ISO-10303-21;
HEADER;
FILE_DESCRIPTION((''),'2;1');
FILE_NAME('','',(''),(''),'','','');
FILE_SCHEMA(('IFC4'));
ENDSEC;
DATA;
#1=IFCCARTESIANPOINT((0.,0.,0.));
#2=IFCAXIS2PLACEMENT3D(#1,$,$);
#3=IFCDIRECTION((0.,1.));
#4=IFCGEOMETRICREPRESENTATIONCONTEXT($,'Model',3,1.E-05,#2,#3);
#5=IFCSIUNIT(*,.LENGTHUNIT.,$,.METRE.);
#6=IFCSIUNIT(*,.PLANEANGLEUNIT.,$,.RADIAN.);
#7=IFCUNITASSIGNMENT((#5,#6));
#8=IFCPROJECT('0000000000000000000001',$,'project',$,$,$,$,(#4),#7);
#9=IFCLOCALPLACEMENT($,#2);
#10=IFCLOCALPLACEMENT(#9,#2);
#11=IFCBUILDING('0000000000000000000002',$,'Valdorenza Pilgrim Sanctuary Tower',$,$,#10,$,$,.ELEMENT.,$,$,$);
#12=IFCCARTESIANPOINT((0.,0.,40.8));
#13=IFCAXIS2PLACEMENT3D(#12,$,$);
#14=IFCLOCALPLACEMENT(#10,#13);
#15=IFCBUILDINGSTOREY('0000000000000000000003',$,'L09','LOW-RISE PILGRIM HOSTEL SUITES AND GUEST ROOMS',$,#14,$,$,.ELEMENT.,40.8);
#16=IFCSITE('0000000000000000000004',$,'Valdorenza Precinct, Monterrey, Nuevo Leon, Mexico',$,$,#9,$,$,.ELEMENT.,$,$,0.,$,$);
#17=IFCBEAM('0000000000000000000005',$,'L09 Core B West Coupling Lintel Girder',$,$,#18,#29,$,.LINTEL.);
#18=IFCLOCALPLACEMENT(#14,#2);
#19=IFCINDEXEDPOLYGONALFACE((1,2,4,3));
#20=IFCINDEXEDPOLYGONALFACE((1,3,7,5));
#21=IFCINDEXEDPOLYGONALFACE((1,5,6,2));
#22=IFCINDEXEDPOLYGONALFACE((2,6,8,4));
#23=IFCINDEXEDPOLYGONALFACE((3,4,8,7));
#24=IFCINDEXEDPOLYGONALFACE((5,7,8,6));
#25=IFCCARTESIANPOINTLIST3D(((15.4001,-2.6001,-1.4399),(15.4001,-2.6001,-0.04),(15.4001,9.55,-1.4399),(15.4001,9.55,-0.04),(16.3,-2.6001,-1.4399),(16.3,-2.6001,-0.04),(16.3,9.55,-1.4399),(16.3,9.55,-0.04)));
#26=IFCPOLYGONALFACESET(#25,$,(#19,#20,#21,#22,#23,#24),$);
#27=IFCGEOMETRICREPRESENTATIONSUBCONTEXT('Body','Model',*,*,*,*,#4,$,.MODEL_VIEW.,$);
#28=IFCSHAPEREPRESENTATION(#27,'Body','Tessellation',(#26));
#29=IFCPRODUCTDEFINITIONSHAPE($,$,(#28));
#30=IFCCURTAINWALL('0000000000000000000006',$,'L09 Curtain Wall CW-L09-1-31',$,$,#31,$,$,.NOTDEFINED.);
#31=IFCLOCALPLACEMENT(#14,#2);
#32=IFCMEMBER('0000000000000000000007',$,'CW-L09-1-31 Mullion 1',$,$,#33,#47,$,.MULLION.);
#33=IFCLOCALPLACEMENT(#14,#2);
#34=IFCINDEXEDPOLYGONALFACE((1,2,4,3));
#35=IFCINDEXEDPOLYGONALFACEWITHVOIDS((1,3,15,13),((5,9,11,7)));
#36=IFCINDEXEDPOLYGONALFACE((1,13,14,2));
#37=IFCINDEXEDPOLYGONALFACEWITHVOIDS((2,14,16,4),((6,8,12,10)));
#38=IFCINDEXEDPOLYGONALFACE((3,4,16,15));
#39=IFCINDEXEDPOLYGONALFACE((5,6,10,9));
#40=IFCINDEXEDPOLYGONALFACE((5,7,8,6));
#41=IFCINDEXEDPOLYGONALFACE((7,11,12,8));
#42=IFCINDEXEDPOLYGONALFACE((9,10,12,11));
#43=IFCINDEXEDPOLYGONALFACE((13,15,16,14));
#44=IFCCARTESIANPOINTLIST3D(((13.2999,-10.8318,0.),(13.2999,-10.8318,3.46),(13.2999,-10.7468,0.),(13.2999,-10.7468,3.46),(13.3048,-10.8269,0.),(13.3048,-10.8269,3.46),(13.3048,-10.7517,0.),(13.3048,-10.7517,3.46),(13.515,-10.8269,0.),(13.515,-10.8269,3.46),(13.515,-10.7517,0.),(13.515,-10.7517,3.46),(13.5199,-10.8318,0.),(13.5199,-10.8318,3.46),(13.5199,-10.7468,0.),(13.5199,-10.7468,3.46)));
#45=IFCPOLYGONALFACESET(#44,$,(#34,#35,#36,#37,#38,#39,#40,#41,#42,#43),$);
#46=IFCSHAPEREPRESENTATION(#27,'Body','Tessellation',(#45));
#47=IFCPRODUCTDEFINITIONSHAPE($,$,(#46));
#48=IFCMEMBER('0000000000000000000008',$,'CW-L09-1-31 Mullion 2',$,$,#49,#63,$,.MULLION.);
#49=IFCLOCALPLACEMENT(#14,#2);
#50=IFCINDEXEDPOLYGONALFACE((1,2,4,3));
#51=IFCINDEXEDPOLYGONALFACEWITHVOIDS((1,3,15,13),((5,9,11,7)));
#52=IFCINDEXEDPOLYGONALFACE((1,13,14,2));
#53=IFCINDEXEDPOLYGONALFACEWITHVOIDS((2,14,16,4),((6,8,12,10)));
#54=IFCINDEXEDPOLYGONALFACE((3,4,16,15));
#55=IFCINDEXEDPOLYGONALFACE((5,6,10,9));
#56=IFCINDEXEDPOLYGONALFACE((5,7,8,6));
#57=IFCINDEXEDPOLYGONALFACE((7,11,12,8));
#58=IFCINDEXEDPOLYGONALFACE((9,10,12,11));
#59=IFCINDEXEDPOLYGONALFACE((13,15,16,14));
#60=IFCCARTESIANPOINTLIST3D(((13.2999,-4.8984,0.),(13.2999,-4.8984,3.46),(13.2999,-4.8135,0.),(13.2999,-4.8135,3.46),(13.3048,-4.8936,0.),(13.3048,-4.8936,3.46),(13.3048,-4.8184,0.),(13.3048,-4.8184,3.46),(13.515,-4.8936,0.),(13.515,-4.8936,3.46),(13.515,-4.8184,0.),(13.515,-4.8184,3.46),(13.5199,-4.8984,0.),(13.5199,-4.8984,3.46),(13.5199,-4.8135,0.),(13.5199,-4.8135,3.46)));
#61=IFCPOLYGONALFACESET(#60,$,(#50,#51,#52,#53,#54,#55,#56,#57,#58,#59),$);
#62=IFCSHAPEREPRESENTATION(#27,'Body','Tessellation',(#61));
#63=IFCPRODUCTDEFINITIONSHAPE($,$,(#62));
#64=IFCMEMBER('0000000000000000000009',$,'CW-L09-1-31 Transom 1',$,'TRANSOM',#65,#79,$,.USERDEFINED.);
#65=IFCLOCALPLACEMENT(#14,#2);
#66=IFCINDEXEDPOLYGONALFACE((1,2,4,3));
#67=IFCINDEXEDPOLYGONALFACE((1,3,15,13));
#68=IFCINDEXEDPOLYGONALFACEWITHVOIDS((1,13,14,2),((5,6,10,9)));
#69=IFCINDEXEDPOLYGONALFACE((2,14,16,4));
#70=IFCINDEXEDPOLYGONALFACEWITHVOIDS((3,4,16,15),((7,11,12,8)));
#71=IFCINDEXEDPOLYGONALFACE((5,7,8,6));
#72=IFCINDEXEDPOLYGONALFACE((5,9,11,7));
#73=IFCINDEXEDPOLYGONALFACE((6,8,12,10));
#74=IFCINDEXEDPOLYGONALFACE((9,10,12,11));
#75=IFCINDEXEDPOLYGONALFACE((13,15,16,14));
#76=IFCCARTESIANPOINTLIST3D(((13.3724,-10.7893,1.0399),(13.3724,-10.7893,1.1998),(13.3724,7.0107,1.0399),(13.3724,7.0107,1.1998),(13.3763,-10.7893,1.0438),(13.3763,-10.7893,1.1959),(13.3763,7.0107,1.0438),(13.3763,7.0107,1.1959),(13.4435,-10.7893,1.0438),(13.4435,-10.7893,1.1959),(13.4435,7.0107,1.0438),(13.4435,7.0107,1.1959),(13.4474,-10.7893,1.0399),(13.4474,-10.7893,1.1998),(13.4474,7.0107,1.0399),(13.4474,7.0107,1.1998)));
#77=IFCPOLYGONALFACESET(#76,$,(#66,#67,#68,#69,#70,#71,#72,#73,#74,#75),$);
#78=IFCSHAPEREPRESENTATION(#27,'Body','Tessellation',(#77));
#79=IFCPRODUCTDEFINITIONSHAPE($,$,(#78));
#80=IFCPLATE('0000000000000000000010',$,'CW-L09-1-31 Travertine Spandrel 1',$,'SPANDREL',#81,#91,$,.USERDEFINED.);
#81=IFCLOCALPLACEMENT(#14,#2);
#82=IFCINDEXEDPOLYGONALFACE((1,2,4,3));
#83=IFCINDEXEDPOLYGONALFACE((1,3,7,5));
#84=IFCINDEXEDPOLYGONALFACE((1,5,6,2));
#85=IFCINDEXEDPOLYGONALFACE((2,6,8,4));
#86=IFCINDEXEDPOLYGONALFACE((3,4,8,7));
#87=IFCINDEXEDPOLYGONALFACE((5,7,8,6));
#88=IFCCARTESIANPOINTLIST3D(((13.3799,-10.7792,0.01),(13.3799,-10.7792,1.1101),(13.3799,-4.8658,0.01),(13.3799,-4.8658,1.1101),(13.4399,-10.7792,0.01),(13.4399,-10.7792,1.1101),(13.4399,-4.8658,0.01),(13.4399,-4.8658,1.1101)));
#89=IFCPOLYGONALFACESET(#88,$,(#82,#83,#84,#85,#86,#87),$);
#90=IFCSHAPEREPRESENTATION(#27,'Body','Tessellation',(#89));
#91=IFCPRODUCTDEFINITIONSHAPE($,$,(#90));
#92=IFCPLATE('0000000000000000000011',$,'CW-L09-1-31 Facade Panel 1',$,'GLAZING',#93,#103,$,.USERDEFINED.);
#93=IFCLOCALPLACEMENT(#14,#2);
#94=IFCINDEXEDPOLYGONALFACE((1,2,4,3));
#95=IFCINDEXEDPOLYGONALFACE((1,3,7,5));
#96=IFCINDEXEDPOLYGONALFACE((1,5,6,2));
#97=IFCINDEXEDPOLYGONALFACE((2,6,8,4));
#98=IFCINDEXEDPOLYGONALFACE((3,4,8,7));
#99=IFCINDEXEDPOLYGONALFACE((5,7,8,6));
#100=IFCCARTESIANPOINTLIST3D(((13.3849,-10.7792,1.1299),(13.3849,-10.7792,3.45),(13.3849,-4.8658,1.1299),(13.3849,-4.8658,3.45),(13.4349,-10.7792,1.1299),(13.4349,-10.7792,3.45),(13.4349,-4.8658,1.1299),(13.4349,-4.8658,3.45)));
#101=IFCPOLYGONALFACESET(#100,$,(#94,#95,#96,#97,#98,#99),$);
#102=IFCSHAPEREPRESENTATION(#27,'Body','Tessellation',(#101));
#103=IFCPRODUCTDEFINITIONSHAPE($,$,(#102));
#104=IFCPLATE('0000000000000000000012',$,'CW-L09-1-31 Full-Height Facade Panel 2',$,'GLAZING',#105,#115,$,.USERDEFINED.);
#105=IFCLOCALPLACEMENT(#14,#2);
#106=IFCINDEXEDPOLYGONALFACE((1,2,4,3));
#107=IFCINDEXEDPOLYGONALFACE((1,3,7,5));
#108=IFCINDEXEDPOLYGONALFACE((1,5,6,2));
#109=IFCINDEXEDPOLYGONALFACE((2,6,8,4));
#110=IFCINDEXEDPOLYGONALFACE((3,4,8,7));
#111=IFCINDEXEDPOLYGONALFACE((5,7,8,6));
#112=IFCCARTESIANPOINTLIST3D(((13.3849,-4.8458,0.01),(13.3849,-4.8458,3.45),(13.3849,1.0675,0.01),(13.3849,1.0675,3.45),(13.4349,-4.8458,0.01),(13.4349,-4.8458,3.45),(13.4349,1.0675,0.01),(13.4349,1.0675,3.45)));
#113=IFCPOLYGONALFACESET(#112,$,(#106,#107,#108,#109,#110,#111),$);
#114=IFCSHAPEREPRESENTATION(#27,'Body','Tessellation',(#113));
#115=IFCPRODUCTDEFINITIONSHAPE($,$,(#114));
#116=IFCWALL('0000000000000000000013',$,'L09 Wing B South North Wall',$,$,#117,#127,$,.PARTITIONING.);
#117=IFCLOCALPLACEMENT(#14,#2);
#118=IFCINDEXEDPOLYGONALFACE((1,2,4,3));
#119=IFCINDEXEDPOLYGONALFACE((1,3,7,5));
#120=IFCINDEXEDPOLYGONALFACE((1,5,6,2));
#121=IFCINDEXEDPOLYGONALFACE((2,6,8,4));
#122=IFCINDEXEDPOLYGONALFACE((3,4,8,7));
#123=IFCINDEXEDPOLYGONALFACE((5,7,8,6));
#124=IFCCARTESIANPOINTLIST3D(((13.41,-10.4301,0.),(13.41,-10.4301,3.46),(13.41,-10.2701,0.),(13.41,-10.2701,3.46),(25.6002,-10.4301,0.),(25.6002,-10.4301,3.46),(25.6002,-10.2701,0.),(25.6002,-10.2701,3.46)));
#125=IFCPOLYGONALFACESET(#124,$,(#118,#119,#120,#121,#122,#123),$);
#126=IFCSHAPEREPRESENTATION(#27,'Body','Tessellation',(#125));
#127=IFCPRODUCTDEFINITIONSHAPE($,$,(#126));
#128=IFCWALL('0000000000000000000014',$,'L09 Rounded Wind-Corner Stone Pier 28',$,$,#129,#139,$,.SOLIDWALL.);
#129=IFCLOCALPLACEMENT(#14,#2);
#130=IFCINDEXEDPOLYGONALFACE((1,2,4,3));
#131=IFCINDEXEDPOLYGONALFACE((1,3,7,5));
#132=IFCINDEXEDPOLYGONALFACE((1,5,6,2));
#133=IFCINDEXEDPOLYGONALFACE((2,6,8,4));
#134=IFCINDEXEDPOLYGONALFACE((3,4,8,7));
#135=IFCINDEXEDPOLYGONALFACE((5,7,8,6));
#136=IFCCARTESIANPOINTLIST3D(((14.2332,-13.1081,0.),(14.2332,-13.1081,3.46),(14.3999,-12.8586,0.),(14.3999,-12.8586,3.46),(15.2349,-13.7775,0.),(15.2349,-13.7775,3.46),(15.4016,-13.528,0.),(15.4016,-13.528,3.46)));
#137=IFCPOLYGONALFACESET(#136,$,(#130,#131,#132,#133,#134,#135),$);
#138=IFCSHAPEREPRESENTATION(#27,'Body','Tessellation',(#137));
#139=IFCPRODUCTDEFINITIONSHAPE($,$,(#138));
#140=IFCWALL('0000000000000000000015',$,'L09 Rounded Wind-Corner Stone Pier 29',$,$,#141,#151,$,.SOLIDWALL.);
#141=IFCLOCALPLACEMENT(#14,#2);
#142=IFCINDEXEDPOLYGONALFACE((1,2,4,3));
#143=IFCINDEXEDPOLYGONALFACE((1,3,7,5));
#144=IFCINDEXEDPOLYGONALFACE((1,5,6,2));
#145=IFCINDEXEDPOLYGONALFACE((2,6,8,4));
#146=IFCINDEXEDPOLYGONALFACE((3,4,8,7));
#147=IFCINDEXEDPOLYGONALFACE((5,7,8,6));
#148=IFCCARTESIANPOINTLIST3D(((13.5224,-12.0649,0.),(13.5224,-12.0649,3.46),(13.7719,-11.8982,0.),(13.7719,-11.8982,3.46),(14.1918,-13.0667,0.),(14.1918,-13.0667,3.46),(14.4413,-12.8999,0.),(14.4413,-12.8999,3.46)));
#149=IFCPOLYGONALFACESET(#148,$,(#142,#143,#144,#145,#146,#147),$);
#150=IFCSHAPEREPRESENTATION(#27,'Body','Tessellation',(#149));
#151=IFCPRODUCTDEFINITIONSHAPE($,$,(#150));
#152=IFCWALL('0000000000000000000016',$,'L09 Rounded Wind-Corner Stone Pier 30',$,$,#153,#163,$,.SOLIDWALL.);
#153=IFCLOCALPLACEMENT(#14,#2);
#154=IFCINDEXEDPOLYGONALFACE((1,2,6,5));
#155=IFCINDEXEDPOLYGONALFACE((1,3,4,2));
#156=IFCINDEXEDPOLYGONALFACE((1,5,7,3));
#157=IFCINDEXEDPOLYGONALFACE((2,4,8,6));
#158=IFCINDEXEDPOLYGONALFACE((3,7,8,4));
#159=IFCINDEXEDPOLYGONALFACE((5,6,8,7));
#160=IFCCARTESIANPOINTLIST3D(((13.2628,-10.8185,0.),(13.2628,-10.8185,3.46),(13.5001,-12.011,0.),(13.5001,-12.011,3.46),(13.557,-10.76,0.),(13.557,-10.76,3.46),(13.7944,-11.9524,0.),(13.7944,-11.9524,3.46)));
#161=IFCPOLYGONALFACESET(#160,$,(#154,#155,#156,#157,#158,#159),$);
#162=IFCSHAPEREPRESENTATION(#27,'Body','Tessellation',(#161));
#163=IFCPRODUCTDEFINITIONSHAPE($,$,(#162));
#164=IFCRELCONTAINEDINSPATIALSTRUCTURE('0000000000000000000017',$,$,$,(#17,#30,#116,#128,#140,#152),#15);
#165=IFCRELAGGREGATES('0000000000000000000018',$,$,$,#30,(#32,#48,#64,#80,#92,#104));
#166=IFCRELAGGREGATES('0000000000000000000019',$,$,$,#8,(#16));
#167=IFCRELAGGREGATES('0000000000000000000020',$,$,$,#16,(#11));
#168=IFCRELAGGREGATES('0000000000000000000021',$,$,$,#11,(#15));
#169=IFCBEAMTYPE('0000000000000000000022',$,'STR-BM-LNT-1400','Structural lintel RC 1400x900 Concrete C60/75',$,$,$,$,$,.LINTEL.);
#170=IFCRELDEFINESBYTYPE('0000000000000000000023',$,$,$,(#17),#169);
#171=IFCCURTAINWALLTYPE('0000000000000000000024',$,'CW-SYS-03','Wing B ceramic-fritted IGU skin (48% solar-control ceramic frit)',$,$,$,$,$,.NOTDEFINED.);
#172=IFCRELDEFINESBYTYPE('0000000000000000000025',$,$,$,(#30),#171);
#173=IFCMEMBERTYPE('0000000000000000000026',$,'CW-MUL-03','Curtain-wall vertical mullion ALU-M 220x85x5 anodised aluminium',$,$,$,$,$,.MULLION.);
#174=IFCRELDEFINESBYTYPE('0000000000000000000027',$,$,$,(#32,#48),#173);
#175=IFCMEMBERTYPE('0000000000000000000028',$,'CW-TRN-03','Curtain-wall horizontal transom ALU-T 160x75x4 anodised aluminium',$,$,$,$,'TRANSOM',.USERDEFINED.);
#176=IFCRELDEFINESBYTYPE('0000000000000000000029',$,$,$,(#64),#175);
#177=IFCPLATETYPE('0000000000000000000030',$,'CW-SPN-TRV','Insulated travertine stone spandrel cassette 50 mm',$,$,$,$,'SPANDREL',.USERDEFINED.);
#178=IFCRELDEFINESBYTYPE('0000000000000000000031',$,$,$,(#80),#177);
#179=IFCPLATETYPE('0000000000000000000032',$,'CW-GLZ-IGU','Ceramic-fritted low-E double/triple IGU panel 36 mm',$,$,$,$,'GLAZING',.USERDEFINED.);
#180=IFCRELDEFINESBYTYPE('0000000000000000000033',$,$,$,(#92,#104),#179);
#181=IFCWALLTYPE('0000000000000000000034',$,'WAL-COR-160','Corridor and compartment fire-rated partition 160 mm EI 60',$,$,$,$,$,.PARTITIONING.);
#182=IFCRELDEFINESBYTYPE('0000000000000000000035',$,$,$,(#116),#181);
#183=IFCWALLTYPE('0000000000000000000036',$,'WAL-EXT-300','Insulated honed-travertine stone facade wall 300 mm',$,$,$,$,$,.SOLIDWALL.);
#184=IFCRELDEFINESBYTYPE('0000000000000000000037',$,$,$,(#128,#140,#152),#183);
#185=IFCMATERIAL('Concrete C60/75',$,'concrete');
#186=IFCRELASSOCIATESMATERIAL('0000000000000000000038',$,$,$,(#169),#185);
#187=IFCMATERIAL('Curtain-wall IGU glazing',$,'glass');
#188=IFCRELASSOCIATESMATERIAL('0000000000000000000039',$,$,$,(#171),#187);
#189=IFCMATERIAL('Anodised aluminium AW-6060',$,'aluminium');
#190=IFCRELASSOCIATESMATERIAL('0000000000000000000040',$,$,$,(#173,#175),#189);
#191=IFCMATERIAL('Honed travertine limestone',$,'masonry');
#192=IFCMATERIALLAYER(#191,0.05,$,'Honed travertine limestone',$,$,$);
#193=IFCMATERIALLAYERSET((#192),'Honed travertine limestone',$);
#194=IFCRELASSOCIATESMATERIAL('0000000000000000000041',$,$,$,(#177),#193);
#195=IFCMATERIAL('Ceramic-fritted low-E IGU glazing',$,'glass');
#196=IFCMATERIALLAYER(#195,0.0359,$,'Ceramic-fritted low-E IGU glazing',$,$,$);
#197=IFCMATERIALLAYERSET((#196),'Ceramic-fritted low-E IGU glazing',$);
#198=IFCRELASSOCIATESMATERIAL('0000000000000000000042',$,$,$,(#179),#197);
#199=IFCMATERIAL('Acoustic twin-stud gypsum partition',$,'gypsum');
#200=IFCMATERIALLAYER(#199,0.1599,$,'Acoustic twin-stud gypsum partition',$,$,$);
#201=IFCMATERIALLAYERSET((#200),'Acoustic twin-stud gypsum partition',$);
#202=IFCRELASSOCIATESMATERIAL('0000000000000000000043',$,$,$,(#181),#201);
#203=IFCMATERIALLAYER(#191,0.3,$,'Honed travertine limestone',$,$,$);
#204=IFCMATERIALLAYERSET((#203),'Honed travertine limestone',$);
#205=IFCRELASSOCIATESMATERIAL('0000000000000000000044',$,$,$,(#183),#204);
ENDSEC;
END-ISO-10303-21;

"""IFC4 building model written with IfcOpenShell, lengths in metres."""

from ifc_helpers import new_model, si_unit, direction, frame, frame_2d, origin, origin_2d, place, context, subcontext, project, spatial, rectangle, hollow_rectangle, extrude, source, transform, mapped, material, layer, layer_set, material_profile, profile_set, type_object, element, aggregate, save


model = new_model("IFC4")

# Units and contexts
model_context = context("Model", 3, precision=1e-05, world=origin(), true_north=direction((0.0, 1.0)))
body_context = subcontext(model_context, "Body", "Model", "MODEL_VIEW")
ifc_project = project(units=[si_unit("LENGTHUNIT", "METRE"), si_unit("PLANEANGLEUNIT", "RADIAN")], contexts=[model_context])

# Site, building, storey
site_placement = place(None, origin())
site = spatial("IfcSite", under=ifc_project, at=site_placement, Name="Valdorenza Precinct, Monterrey, Nuevo Leon, Mexico", CompositionType="ELEMENT", RefElevation=0.0)
building_placement = place(site_placement, origin())
building = spatial("IfcBuilding", under=site, at=building_placement, Name="Valdorenza Pilgrim Sanctuary Tower", CompositionType="ELEMENT")
storey_placement = place(building_placement, frame((0.0, 0.0, 40.8)))
storey = spatial("IfcBuildingStorey", under=building, at=storey_placement, Name="L09", Description="LOW-RISE PILGRIM HOSTEL SUITES AND GUEST ROOMS", CompositionType="ELEMENT", Elevation=40.8)

# Beam
ifc_material_1 = material(Name="Concrete C60/75", Category="concrete")
ifc_material_profile_1 = material_profile(ifc_material_1, rectangle(XDim=0.8999, YDim=1.3999, at=origin_2d()), Name="RC 1400x900")
ifc_profile_set_1 = profile_set([ifc_material_profile_1], Name="Concrete C60/75")
beam_type = type_object("IfcBeamType", Name="STR-BM-LNT-1400", Description="Structural lintel RC 1400x900 Concrete C60/75", PredefinedType="LINTEL", material=ifc_profile_set_1)
shared_shape_1 = source(origin(), body_context, "Body", "SweptSolid", [
    extrude(rectangle(XDim=0.8999, YDim=1.3999, at=origin_2d()), origin(), (0.0, 0.0, 1.0), 12.1501),
])
beam_placement = place(storey_placement, frame((15.8501, -2.6001, -0.74), z_axis=(0.0, 1.0, 0.0), x_axis=(-1.0, 0.0, 0.0)))
element("IfcBeam", 1, at=beam_placement, inside=storey, type_object=beam_type, Name="L09 Core B West Coupling Lintel Girder", PredefinedType="LINTEL", context=body_context, shape_type="MappedRepresentation", body=[
    mapped(shared_shape_1, transform((0.0, 0.0, 0.0), x_axis=(1.0, 0.0, 0.0), y_axis=(0.0, 1.0, 0.0), z_axis=(0.0, 0.0, 1.0), scale=1.0)),
])

# Curtain wall, members, plates
ifc_material_2 = material(Name="Curtain-wall IGU glazing", Category="glass")
curtain_wall_type = type_object("IfcCurtainWallType", Name="CW-SYS-03", Description="Wing B ceramic-fritted IGU skin (48% solar-control ceramic frit)", PredefinedType="NOTDEFINED", material=ifc_material_2)
curtain_wall_placement = place(storey_placement, origin())
curtain_wall = element("IfcCurtainWall", 2, at=curtain_wall_placement, inside=storey, type_object=curtain_wall_type, Name="L09 Curtain Wall CW-L09-1-31", PredefinedType="NOTDEFINED")
ifc_material_3 = material(Name="Anodised aluminium AW-6060", Category="aluminium")
ifc_material_profile_2 = material_profile(ifc_material_3, hollow_rectangle(XDim=0.085, YDim=0.22, WallThickness=0.0049, at=origin_2d()), Name="ALU-M 220x85x5")
ifc_profile_set_2 = profile_set([ifc_material_profile_2], Name="Anodised aluminium AW-6060")
member_type_1 = type_object("IfcMemberType", Name="CW-MUL-03", Description="Curtain-wall vertical mullion ALU-M 220x85x5 anodised aluminium", PredefinedType="MULLION", material=ifc_profile_set_2)
shared_shape_2 = source(origin(), body_context, "Body", "SweptSolid", [
    extrude(hollow_rectangle(XDim=0.085, YDim=0.22, WallThickness=0.0049, at=origin_2d()), origin(), (0.0, 0.0, 1.0), 3.46),
])
member_1_placement = place(storey_placement, frame((13.4099, -10.7893, 0.0), z_axis=(0.0, 0.0, 1.0), x_axis=(0.0, 1.0, 0.0)))
member_1 = element("IfcMember", 3, at=member_1_placement, type_object=member_type_1, Name="CW-L09-1-31 Mullion 1", PredefinedType="MULLION", context=body_context, shape_type="MappedRepresentation", body=[
    mapped(shared_shape_2, transform((0.0, 0.0, 0.0), x_axis=(1.0, 0.0, 0.0), y_axis=(0.0, 1.0, 0.0), z_axis=(0.0, 0.0, 1.0), scale=1.0)),
])
member_2_placement = place(storey_placement, frame((13.4099, -4.856, 0.0), z_axis=(0.0, 0.0, 1.0), x_axis=(0.0, 1.0, 0.0)))
member_2 = element("IfcMember", 4, at=member_2_placement, type_object=member_type_1, Name="CW-L09-1-31 Mullion 2", PredefinedType="MULLION", context=body_context, shape_type="MappedRepresentation", body=[
    mapped(shared_shape_2, transform((0.0, 0.0, 0.0), x_axis=(1.0, 0.0, 0.0), y_axis=(0.0, 1.0, 0.0), z_axis=(0.0, 0.0, 1.0), scale=1.0)),
])
ifc_material_profile_3 = material_profile(ifc_material_3, hollow_rectangle(XDim=0.075, YDim=0.1599, WallThickness=0.0039, at=origin_2d()), Name="ALU-T 160x75x4")
ifc_profile_set_3 = profile_set([ifc_material_profile_3], Name="Anodised aluminium AW-6060")
member_type_2 = type_object("IfcMemberType", Name="CW-TRN-03", Description="Curtain-wall horizontal transom ALU-T 160x75x4 anodised aluminium", ElementType="TRANSOM", PredefinedType="USERDEFINED", material=ifc_profile_set_3)
shared_shape_3 = source(origin(), body_context, "Body", "SweptSolid", [
    extrude(hollow_rectangle(XDim=0.075, YDim=0.1599, WallThickness=0.0039, at=origin_2d()), origin(), (0.0, 0.0, 1.0), 17.8),
])
member_3_placement = place(storey_placement, frame((13.4099, -10.7893, 1.1199), z_axis=(0.0, 1.0, 0.0), x_axis=(-1.0, 0.0, 0.0)))
member_3 = element("IfcMember", 5, at=member_3_placement, type_object=member_type_2, Name="CW-L09-1-31 Transom 1", ObjectType="TRANSOM", PredefinedType="USERDEFINED", context=body_context, shape_type="MappedRepresentation", body=[
    mapped(shared_shape_3, transform((0.0, 0.0, 0.0), x_axis=(1.0, 0.0, 0.0), y_axis=(0.0, 1.0, 0.0), z_axis=(0.0, 0.0, 1.0), scale=1.0)),
])
ifc_material_4 = material(Name="Honed travertine limestone", Category="masonry")
ifc_layer_1 = layer(ifc_material_4, 0.05, Name="Honed travertine limestone")
ifc_layer_set_1 = layer_set([ifc_layer_1], Name="Honed travertine limestone")
plate_type_1 = type_object("IfcPlateType", Name="CW-SPN-TRV", Description="Insulated travertine stone spandrel cassette 50 mm", ElementType="SPANDREL", PredefinedType="USERDEFINED", material=ifc_layer_set_1)
shared_shape_4 = source(origin(), body_context, "Body", "SweptSolid", [
    extrude(rectangle(XDim=5.9133, YDim=0.0601, at=origin_2d()), origin(), (0.0, 0.0, 1.0), 1.1001),
])
plate_1_placement = place(storey_placement, frame((13.4099, -7.8225, 0.01), z_axis=(0.0, 0.0, 1.0), x_axis=(0.0, 1.0, 0.0)))
plate_1 = element("IfcPlate", 6, at=plate_1_placement, type_object=plate_type_1, Name="CW-L09-1-31 Travertine Spandrel 1", ObjectType="SPANDREL", PredefinedType="USERDEFINED", context=body_context, shape_type="MappedRepresentation", body=[
    mapped(shared_shape_4, transform((0.0, 0.0, 0.0), x_axis=(1.0, 0.0, 0.0), y_axis=(0.0, 1.0, 0.0), z_axis=(0.0, 0.0, 1.0), scale=1.0)),
])
ifc_material_5 = material(Name="Ceramic-fritted low-E IGU glazing", Category="glass")
ifc_layer_2 = layer(ifc_material_5, 0.0359, Name="Ceramic-fritted low-E IGU glazing")
ifc_layer_set_2 = layer_set([ifc_layer_2], Name="Ceramic-fritted low-E IGU glazing")
plate_type_2 = type_object("IfcPlateType", Name="CW-GLZ-IGU", Description="Ceramic-fritted low-E double/triple IGU panel 36 mm", ElementType="GLAZING", PredefinedType="USERDEFINED", material=ifc_layer_set_2)
shared_shape_5 = source(origin(), body_context, "Body", "SweptSolid", [
    extrude(rectangle(XDim=5.9133, YDim=0.05, at=origin_2d()), origin(), (0.0, 0.0, 1.0), 2.3201),
])
plate_2_placement = place(storey_placement, frame((13.4099, -7.8225, 1.1299), z_axis=(0.0, 0.0, 1.0), x_axis=(0.0, 1.0, 0.0)))
plate_2 = element("IfcPlate", 7, at=plate_2_placement, type_object=plate_type_2, Name="CW-L09-1-31 Facade Panel 1", ObjectType="GLAZING", PredefinedType="USERDEFINED", context=body_context, shape_type="MappedRepresentation", body=[
    mapped(shared_shape_5, transform((0.0, 0.0, 0.0), x_axis=(1.0, 0.0, 0.0), y_axis=(0.0, 1.0, 0.0), z_axis=(0.0, 0.0, 1.0), scale=1.0)),
])
shared_shape_6 = source(origin(), body_context, "Body", "SweptSolid", [
    extrude(rectangle(XDim=5.9133, YDim=0.05, at=origin_2d()), origin(), (0.0, 0.0, 1.0), 3.4399),
])
plate_3_placement = place(storey_placement, frame((13.4099, -1.8892, 0.01), z_axis=(0.0, 0.0, 1.0), x_axis=(0.0, 1.0, 0.0)))
plate_3 = element("IfcPlate", 8, at=plate_3_placement, type_object=plate_type_2, Name="CW-L09-1-31 Full-Height Facade Panel 2", ObjectType="GLAZING", PredefinedType="USERDEFINED", context=body_context, shape_type="MappedRepresentation", body=[
    mapped(shared_shape_6, transform((0.0, 0.0, 0.0), x_axis=(1.0, 0.0, 0.0), y_axis=(0.0, 1.0, 0.0), z_axis=(0.0, 0.0, 1.0), scale=1.0)),
])
aggregate(curtain_wall, [member_1, member_2, member_3, plate_1, plate_2, plate_3])

# Walls
ifc_material_6 = material(Name="Acoustic twin-stud gypsum partition", Category="gypsum")
ifc_layer_3 = layer(ifc_material_6, 0.1599, Name="Acoustic twin-stud gypsum partition")
ifc_layer_set_3 = layer_set([ifc_layer_3], Name="Acoustic twin-stud gypsum partition")
wall_type_1 = type_object("IfcWallType", Name="WAL-COR-160", Description="Corridor and compartment fire-rated partition 160 mm EI 60", PredefinedType="PARTITIONING", material=ifc_layer_set_3)
wall_1_placement = place(storey_placement, frame((13.4099, -10.3501, 0.0), z_axis=(0.0, 0.0, 1.0), x_axis=(1.0, 0.0, 0.0)))
element("IfcWall", 9, at=wall_1_placement, inside=storey, type_object=wall_type_1, Name="L09 Wing B South North Wall", PredefinedType="PARTITIONING", context=body_context, shape_type="SweptSolid", body=[
    extrude(rectangle(XDim=12.1902, YDim=0.1599, at=frame_2d((6.0952, 0.0))), origin(), (0.0, 0.0, 1.0), 3.46),
])
ifc_layer_4 = layer(ifc_material_4, 0.3, Name="Honed travertine limestone")
ifc_layer_set_4 = layer_set([ifc_layer_4], Name="Honed travertine limestone")
wall_type_2 = type_object("IfcWallType", Name="WAL-EXT-300", Description="Insulated honed-travertine stone facade wall 300 mm", PredefinedType="SOLIDWALL", material=ifc_layer_set_4)
for number, where, z_axis, x_axis, name in (
    (10, (15.3184, -13.6528, 0.0), (0.0, 0.0, 1.0), (-0.831426, 0.555635, 0.0), "L09 Rounded Wind-Corner Stone Pier 28"),
    (11, (14.3167, -12.9834, 0.0), (0.0, 0.0, 1.0), (-0.555635, 0.831426, 0.0), "L09 Rounded Wind-Corner Stone Pier 29"),
):
    element("IfcWall", number, at=place(storey_placement, frame(where, z_axis=z_axis, x_axis=x_axis)), inside=storey, type_object=wall_type_2, Name=name, PredefinedType="SOLIDWALL", context=body_context, shape_type="SweptSolid", body=[
        extrude(rectangle(XDim=1.2048, YDim=0.3, at=frame_2d((0.6025, 0.0))), origin(), (0.0, 0.0, 1.0), 3.46),
    ])
wall_2_placement = place(storey_placement, frame((13.6472, -11.9817, 0.0), z_axis=(0.0, 0.0, 1.0), x_axis=(-0.195189, 0.980766, 0.0)))
element("IfcWall", 12, at=wall_2_placement, inside=storey, type_object=wall_type_2, Name="L09 Rounded Wind-Corner Stone Pier 30", PredefinedType="SOLIDWALL", context=body_context, shape_type="SweptSolid", body=[
    extrude(rectangle(XDim=1.2158, YDim=0.3, at=frame_2d((0.6079, 0.0))), origin(), (0.0, 0.0, 1.0), 3.46),
])

save(model, "model.ifc")
